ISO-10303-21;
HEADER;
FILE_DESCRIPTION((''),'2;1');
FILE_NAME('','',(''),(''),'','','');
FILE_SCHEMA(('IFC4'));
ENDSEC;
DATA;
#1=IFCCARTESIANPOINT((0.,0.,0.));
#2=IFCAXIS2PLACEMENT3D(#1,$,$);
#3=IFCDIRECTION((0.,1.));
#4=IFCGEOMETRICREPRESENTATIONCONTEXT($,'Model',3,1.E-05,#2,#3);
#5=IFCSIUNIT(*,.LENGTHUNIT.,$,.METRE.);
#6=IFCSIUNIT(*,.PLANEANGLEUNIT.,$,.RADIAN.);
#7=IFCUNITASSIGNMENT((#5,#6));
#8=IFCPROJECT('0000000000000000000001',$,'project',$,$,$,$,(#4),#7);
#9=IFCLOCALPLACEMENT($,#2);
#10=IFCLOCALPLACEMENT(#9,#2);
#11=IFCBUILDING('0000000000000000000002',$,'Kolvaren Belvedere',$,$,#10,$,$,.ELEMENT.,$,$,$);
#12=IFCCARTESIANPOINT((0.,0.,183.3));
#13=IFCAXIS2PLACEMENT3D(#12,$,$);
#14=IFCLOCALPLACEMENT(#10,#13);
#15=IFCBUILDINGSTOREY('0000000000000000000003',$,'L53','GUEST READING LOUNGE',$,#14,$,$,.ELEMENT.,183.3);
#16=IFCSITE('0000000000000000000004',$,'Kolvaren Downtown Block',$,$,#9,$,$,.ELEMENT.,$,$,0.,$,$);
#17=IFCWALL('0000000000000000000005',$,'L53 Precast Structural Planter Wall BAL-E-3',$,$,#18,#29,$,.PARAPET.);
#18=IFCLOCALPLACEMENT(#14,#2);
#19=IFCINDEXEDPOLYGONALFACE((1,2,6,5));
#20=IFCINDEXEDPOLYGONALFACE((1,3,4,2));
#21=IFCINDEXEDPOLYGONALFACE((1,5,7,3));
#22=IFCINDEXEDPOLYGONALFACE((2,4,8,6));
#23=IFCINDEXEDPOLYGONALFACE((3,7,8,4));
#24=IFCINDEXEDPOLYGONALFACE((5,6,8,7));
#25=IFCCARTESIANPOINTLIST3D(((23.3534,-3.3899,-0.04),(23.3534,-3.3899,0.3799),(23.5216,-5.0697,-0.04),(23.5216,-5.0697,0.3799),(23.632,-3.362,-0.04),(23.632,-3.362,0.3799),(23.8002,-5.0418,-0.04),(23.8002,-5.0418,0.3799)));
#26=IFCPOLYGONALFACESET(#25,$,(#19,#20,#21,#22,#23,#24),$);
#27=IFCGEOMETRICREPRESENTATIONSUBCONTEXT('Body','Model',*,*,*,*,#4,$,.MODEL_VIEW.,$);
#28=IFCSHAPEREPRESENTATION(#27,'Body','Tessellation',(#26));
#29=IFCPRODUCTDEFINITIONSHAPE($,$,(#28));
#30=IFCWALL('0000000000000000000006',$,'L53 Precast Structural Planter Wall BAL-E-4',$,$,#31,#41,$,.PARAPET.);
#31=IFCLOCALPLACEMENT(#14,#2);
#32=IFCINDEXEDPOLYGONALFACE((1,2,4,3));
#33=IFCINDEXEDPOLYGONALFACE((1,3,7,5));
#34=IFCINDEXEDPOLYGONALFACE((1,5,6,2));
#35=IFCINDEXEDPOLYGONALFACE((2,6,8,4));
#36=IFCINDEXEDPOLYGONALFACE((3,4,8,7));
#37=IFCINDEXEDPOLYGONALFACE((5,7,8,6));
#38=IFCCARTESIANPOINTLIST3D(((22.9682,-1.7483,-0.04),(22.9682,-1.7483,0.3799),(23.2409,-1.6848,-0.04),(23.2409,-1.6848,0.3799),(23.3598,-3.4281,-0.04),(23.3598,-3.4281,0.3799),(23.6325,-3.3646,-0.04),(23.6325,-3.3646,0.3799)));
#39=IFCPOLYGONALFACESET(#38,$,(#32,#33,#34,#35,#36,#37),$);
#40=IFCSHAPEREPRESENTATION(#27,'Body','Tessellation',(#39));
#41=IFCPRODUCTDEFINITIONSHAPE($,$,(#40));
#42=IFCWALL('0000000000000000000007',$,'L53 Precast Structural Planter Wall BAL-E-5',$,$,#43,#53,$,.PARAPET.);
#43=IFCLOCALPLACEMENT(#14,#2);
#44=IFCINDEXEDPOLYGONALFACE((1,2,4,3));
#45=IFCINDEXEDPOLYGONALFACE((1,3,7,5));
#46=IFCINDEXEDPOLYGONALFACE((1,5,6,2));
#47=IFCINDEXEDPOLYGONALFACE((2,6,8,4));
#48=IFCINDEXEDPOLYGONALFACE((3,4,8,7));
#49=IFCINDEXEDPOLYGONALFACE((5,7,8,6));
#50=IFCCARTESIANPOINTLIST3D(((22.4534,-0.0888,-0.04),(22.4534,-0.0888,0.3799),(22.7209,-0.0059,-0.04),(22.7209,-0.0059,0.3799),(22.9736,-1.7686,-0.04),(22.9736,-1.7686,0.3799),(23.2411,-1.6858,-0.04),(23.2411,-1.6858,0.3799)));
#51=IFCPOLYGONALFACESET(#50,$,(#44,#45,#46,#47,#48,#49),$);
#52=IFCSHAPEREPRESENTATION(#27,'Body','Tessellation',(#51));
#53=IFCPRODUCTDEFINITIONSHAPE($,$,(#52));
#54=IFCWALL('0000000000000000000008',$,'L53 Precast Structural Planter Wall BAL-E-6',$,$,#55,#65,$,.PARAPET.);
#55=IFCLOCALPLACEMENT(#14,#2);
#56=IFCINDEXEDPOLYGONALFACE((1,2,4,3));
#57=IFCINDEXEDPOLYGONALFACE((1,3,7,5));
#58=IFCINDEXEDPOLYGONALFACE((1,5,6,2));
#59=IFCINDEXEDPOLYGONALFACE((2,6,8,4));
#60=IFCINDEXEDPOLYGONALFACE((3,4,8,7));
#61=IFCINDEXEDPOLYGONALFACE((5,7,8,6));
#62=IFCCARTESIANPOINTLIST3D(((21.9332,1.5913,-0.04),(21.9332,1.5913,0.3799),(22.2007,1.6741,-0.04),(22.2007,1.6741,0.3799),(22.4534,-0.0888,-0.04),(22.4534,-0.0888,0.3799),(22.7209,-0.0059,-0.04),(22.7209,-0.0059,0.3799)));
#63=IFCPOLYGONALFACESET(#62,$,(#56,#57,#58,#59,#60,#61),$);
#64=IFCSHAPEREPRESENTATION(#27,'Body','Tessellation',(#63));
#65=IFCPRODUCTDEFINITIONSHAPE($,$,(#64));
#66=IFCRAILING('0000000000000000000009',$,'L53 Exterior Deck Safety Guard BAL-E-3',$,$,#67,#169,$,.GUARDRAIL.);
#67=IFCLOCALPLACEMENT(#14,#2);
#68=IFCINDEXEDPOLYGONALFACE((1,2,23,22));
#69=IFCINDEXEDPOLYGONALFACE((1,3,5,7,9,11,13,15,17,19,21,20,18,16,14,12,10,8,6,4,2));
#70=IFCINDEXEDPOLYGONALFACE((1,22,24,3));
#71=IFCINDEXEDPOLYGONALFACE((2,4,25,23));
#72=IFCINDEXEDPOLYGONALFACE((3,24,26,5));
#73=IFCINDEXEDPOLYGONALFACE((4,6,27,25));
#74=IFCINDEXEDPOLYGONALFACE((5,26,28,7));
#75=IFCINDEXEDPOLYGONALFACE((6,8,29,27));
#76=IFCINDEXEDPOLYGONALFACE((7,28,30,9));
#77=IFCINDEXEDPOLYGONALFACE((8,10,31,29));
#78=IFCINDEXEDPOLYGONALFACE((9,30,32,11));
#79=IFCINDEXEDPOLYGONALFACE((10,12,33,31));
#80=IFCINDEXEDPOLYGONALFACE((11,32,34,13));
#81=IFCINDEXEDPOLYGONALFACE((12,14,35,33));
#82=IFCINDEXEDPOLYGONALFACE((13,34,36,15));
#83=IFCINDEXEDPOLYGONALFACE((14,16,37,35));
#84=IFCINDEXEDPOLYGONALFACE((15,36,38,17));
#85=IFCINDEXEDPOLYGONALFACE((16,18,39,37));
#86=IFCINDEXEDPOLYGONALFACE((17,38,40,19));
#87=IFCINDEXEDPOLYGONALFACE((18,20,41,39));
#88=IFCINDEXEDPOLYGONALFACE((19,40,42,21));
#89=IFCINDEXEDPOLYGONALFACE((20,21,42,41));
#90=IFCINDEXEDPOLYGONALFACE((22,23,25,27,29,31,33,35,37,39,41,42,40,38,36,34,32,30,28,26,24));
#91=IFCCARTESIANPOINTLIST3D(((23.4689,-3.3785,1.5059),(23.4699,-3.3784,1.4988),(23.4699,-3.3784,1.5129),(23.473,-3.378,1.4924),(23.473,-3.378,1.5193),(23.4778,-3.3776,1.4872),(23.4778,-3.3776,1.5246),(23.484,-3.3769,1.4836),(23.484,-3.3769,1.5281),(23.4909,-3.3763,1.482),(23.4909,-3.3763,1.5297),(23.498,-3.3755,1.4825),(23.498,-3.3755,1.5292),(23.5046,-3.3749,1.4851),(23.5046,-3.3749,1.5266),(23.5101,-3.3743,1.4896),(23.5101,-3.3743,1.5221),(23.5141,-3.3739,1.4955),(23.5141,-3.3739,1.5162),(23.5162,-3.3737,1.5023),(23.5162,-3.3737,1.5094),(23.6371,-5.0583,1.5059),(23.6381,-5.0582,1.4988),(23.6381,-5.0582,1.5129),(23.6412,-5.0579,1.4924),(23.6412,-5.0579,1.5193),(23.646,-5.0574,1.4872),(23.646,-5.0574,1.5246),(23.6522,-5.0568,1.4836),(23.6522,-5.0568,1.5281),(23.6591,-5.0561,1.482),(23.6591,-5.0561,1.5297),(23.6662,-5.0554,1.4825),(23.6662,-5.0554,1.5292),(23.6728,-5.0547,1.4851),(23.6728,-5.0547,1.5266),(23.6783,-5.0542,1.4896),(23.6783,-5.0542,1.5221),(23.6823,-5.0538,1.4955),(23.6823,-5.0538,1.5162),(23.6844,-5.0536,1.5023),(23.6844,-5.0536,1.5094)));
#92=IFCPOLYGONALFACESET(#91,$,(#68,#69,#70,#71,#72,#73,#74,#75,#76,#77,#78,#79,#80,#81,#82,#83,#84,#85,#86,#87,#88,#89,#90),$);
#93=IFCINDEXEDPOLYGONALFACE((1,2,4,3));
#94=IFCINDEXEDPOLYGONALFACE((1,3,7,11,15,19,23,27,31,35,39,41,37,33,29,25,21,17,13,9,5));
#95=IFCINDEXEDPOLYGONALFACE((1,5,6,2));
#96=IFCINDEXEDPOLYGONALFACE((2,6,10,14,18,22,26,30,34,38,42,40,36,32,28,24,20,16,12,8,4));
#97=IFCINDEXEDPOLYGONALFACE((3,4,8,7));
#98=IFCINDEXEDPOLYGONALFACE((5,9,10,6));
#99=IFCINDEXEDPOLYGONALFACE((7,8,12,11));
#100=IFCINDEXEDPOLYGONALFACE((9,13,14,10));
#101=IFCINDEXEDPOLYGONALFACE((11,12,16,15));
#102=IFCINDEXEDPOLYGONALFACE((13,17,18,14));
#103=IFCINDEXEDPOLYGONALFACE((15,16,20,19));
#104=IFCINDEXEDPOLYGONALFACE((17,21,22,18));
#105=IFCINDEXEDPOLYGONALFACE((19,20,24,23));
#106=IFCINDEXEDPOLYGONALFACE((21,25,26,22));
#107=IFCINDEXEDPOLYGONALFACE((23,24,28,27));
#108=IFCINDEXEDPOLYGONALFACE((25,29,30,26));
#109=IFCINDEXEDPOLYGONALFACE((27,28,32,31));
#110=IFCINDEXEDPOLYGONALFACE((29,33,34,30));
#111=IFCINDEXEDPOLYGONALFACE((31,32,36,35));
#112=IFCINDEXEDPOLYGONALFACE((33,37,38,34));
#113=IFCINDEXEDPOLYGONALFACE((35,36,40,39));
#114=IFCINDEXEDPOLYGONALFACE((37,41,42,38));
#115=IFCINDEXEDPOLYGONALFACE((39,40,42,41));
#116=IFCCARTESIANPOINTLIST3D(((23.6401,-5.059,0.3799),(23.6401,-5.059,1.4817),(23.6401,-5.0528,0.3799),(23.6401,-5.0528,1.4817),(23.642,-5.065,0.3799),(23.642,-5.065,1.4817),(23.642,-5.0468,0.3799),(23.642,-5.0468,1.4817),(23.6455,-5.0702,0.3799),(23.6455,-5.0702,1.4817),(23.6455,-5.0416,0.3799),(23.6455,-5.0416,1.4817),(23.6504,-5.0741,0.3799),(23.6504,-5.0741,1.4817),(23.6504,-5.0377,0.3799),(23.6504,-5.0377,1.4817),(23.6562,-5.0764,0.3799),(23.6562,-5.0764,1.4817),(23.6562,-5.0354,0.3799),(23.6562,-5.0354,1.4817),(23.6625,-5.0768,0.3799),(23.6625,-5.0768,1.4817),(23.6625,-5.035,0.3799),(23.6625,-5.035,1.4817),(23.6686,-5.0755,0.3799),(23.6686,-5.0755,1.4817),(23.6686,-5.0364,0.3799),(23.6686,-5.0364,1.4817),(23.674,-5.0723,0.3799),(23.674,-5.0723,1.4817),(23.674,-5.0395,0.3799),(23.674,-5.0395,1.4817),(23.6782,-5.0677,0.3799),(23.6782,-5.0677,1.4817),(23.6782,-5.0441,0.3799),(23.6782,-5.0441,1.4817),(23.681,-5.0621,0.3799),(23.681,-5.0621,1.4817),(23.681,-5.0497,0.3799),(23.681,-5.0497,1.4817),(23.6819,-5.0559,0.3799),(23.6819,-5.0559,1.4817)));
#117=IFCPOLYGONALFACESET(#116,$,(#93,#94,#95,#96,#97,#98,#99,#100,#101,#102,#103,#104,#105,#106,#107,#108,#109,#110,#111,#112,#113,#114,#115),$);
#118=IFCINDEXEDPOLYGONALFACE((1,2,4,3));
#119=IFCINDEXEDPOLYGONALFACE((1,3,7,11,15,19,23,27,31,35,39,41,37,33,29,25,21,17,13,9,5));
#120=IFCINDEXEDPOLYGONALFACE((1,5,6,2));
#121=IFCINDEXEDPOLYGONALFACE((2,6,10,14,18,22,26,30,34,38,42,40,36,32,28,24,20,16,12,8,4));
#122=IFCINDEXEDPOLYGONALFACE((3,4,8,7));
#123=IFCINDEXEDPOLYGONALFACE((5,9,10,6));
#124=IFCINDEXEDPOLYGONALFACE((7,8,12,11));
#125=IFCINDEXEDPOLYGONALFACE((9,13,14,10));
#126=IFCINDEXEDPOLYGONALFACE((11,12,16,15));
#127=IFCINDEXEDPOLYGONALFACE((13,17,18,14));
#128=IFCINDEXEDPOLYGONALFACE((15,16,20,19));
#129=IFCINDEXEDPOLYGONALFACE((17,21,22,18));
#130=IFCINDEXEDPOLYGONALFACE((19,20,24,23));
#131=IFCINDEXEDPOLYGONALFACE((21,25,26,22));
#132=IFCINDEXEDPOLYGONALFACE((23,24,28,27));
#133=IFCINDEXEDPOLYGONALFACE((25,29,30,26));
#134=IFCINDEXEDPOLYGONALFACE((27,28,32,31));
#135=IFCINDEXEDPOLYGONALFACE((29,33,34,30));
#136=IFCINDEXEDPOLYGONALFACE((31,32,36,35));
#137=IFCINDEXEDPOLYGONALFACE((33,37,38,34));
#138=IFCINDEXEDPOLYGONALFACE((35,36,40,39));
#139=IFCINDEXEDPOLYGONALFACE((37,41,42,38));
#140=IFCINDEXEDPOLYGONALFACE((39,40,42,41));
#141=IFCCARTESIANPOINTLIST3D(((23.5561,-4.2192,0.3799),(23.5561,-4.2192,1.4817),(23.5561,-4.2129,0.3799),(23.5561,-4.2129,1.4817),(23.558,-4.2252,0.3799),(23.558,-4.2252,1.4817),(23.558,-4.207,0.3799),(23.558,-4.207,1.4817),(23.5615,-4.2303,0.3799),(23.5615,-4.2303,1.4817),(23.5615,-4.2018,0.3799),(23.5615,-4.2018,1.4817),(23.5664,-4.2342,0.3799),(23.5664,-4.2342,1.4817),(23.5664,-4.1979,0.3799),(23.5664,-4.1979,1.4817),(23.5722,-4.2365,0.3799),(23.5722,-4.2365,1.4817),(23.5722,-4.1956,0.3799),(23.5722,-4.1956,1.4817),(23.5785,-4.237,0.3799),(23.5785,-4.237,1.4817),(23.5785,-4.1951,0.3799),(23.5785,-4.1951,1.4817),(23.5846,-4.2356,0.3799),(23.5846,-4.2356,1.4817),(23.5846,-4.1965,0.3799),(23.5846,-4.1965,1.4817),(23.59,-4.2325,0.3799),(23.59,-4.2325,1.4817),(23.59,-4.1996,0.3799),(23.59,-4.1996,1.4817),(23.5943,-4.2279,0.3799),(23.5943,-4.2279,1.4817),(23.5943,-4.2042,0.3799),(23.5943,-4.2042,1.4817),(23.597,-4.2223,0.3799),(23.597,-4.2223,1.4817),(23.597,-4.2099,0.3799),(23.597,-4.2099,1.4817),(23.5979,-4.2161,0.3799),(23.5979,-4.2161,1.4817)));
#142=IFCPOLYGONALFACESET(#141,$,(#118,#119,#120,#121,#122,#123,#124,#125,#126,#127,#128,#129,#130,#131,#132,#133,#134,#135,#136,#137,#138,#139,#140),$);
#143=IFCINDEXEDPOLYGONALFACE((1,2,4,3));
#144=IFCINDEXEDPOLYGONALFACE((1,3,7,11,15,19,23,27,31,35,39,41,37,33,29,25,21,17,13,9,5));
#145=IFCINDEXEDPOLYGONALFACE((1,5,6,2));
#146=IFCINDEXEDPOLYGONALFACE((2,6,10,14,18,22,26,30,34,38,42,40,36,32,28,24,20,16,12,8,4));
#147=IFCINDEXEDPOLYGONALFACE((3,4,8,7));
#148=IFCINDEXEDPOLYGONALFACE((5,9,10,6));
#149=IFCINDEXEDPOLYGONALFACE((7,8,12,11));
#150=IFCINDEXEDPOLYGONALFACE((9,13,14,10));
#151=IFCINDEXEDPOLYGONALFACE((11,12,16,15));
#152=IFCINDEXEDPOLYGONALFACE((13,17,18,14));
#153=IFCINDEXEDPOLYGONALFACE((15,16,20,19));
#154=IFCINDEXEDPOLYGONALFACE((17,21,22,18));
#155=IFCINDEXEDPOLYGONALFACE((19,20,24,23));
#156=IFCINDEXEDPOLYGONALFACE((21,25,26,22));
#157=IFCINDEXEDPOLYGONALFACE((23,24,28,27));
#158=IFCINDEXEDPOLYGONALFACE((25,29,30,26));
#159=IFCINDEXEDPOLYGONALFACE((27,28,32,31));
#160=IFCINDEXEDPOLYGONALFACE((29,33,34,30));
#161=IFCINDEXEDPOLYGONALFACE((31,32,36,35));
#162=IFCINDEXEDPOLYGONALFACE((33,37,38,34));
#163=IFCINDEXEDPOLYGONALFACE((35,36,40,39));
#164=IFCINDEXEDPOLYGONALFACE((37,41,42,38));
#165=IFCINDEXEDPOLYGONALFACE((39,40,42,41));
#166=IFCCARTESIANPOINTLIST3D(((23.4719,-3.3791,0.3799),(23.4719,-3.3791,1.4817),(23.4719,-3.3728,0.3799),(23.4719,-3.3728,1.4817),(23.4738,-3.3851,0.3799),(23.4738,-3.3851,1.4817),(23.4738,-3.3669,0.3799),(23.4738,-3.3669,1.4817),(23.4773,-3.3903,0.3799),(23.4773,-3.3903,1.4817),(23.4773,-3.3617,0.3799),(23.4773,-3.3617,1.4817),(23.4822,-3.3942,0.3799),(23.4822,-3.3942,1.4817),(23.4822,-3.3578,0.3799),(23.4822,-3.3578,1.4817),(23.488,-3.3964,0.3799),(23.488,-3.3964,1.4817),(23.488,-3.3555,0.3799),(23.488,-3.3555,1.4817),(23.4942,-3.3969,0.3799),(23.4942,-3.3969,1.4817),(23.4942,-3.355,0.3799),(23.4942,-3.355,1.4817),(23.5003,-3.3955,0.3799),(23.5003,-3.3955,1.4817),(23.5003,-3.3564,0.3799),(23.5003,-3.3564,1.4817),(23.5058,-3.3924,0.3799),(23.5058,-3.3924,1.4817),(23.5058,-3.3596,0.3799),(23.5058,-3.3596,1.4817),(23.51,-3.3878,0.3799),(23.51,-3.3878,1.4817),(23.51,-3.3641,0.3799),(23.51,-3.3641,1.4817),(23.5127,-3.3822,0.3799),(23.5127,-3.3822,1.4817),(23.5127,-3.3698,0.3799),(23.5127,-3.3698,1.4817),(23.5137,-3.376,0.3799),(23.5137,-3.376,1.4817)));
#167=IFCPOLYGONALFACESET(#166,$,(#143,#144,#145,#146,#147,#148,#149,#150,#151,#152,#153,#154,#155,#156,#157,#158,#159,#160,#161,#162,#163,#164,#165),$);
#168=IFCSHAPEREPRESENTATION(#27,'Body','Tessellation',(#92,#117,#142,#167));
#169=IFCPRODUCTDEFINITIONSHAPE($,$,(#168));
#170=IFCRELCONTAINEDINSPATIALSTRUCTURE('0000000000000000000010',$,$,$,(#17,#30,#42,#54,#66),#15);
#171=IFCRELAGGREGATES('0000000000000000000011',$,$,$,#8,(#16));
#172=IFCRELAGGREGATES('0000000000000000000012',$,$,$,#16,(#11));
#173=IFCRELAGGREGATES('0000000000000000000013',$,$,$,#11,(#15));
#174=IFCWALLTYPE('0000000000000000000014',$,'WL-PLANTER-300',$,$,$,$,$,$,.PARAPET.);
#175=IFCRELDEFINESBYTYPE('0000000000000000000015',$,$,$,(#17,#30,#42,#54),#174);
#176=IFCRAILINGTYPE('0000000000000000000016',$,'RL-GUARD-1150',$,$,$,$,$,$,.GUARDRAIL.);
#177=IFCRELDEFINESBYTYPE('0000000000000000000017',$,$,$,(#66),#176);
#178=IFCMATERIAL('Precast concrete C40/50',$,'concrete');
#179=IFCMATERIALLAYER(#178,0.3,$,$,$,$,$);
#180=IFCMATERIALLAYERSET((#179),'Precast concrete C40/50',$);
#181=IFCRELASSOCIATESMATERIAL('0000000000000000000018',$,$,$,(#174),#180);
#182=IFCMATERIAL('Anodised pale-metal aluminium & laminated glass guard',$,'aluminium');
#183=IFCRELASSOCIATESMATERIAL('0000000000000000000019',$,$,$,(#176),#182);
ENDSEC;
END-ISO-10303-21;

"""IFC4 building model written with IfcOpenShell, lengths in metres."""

from ifc_helpers import new_model, si_unit, direction, frame, frame_2d, origin, origin_2d, place, context, subcontext, project, spatial, rectangle, circle, extrude, material, layer, layer_set, type_object, element, save


model = new_model("IFC4")

# Units and contexts
model_context = context("Model", 3, precision=1e-05, world=origin(), true_north=direction((0.0, 1.0)))
body_context = subcontext(model_context, "Body", "Model", "MODEL_VIEW")
ifc_project = project(units=[si_unit("LENGTHUNIT", "METRE"), si_unit("PLANEANGLEUNIT", "RADIAN")], contexts=[model_context])

# Site, building, storey
site_placement = place(None, origin())
site = spatial("IfcSite", under=ifc_project, at=site_placement, Name="Kolvaren Downtown Block", CompositionType="ELEMENT", RefElevation=0.0)
building_placement = place(site_placement, origin())
building = spatial("IfcBuilding", under=site, at=building_placement, Name="Kolvaren Belvedere", CompositionType="ELEMENT")
storey_placement = place(building_placement, frame((0.0, 0.0, 183.3)))
storey = spatial("IfcBuildingStorey", under=building, at=storey_placement, Name="L53", Description="GUEST READING LOUNGE", CompositionType="ELEMENT", Elevation=183.3)

# Walls
ifc_material_1 = material(Name="Precast concrete C40/50", Category="concrete")
ifc_layer_1 = layer(ifc_material_1, 0.3)
ifc_layer_set_1 = layer_set([ifc_layer_1], Name="Precast concrete C40/50")
wall_type = type_object("IfcWallType", Name="WL-PLANTER-300", PredefinedType="PARAPET", material=ifc_layer_set_1)
wall_1_placement = place(storey_placement, frame((23.6609, -5.0559, -0.04), z_axis=(0.0, 0.0, 1.0), x_axis=(-0.099633, 0.995024, 0.0)))
element("IfcWall", 1, at=wall_1_placement, inside=storey, type_object=wall_type, Name="L53 Precast Structural Planter Wall BAL-E-3", PredefinedType="PARAPET", context=body_context, shape_type="SweptSolid", body=[
    extrude(rectangle(XDim=1.6882, YDim=0.28, at=frame_2d((0.8442, 0.0))), origin(), (0.0, 0.0, 1.0), 0.4199),
])
wall_2_placement = place(storey_placement, frame((23.4961, -3.3962, -0.04), z_axis=(0.0, 0.0, 1.0), x_axis=(-0.227019, 0.97389, 0.0)))
element("IfcWall", 2, at=wall_2_placement, inside=storey, type_object=wall_type, Name="L53 Precast Structural Planter Wall BAL-E-4", PredefinedType="PARAPET", context=body_context, shape_type="SweptSolid", body=[
    extrude(rectangle(XDim=1.7249, YDim=0.28, at=frame_2d((0.8623, 0.0))), origin(), (0.0, 0.0, 1.0), 0.4199),
])
wall_3_placement = place(storey_placement, frame((23.1074, -1.7273, -0.04), z_axis=(0.0, 0.0, 1.0), x_axis=(-0.295832, 0.95524, 0.0)))
element("IfcWall", 3, at=wall_3_placement, inside=storey, type_object=wall_type, Name="L53 Precast Structural Planter Wall BAL-E-5", PredefinedType="PARAPET", context=body_context, shape_type="SweptSolid", body=[
    extrude(rectangle(XDim=1.7585, YDim=0.28, at=frame_2d((0.8794, 0.0))), origin(), (0.0, 0.0, 1.0), 0.4199),
])
wall_4_placement = place(storey_placement, frame((22.5872, -0.0474, -0.04), z_axis=(0.0, 0.0, 1.0), x_axis=(-0.295792, 0.955252, 0.0)))
element("IfcWall", 4, at=wall_4_placement, inside=storey, type_object=wall_type, Name="L53 Precast Structural Planter Wall BAL-E-6", PredefinedType="PARAPET", context=body_context, shape_type="SweptSolid", body=[
    extrude(rectangle(XDim=1.7588, YDim=0.28, at=frame_2d((0.8794, 0.0))), origin(), (0.0, 0.0, 1.0), 0.4199),
])

# Railing
ifc_material_2 = material(Name="Anodised pale-metal aluminium & laminated glass guard", Category="aluminium")
railing_type = type_object("IfcRailingType", Name="RL-GUARD-1150", PredefinedType="GUARDRAIL", material=ifc_material_2)
railing_1_placement = place(storey_placement, frame((23.6609, -5.0559, 0.3799)))
element("IfcRailing", 5, at=railing_1_placement, inside=storey, type_object=railing_type, Name="L53 Exterior Deck Safety Guard BAL-E-3", PredefinedType="GUARDRAIL", context=body_context, shape_type="SweptSolid", body=[
    extrude(circle(Radius=0.0239, at=origin_2d()), frame((0.0, 0.0, 1.126), z_axis=(-0.099633, 0.995024, 0.0), x_axis=(-0.995024, -0.099633, 0.0)), (0.0, 0.0, 1.0), 1.6882),
    extrude(circle(Radius=0.021, at=origin_2d()), origin(), (0.0, 0.0, 1.0), 1.1018),
    extrude(circle(Radius=0.021, at=origin_2d()), frame((-0.084, 0.8398, 0.0)), (0.0, 0.0, 1.0), 1.1018),
    extrude(circle(Radius=0.021, at=origin_2d()), frame((-0.1682, 1.6799, 0.0)), (0.0, 0.0, 1.0), 1.1018),
])

save(model, "model.ifc")
